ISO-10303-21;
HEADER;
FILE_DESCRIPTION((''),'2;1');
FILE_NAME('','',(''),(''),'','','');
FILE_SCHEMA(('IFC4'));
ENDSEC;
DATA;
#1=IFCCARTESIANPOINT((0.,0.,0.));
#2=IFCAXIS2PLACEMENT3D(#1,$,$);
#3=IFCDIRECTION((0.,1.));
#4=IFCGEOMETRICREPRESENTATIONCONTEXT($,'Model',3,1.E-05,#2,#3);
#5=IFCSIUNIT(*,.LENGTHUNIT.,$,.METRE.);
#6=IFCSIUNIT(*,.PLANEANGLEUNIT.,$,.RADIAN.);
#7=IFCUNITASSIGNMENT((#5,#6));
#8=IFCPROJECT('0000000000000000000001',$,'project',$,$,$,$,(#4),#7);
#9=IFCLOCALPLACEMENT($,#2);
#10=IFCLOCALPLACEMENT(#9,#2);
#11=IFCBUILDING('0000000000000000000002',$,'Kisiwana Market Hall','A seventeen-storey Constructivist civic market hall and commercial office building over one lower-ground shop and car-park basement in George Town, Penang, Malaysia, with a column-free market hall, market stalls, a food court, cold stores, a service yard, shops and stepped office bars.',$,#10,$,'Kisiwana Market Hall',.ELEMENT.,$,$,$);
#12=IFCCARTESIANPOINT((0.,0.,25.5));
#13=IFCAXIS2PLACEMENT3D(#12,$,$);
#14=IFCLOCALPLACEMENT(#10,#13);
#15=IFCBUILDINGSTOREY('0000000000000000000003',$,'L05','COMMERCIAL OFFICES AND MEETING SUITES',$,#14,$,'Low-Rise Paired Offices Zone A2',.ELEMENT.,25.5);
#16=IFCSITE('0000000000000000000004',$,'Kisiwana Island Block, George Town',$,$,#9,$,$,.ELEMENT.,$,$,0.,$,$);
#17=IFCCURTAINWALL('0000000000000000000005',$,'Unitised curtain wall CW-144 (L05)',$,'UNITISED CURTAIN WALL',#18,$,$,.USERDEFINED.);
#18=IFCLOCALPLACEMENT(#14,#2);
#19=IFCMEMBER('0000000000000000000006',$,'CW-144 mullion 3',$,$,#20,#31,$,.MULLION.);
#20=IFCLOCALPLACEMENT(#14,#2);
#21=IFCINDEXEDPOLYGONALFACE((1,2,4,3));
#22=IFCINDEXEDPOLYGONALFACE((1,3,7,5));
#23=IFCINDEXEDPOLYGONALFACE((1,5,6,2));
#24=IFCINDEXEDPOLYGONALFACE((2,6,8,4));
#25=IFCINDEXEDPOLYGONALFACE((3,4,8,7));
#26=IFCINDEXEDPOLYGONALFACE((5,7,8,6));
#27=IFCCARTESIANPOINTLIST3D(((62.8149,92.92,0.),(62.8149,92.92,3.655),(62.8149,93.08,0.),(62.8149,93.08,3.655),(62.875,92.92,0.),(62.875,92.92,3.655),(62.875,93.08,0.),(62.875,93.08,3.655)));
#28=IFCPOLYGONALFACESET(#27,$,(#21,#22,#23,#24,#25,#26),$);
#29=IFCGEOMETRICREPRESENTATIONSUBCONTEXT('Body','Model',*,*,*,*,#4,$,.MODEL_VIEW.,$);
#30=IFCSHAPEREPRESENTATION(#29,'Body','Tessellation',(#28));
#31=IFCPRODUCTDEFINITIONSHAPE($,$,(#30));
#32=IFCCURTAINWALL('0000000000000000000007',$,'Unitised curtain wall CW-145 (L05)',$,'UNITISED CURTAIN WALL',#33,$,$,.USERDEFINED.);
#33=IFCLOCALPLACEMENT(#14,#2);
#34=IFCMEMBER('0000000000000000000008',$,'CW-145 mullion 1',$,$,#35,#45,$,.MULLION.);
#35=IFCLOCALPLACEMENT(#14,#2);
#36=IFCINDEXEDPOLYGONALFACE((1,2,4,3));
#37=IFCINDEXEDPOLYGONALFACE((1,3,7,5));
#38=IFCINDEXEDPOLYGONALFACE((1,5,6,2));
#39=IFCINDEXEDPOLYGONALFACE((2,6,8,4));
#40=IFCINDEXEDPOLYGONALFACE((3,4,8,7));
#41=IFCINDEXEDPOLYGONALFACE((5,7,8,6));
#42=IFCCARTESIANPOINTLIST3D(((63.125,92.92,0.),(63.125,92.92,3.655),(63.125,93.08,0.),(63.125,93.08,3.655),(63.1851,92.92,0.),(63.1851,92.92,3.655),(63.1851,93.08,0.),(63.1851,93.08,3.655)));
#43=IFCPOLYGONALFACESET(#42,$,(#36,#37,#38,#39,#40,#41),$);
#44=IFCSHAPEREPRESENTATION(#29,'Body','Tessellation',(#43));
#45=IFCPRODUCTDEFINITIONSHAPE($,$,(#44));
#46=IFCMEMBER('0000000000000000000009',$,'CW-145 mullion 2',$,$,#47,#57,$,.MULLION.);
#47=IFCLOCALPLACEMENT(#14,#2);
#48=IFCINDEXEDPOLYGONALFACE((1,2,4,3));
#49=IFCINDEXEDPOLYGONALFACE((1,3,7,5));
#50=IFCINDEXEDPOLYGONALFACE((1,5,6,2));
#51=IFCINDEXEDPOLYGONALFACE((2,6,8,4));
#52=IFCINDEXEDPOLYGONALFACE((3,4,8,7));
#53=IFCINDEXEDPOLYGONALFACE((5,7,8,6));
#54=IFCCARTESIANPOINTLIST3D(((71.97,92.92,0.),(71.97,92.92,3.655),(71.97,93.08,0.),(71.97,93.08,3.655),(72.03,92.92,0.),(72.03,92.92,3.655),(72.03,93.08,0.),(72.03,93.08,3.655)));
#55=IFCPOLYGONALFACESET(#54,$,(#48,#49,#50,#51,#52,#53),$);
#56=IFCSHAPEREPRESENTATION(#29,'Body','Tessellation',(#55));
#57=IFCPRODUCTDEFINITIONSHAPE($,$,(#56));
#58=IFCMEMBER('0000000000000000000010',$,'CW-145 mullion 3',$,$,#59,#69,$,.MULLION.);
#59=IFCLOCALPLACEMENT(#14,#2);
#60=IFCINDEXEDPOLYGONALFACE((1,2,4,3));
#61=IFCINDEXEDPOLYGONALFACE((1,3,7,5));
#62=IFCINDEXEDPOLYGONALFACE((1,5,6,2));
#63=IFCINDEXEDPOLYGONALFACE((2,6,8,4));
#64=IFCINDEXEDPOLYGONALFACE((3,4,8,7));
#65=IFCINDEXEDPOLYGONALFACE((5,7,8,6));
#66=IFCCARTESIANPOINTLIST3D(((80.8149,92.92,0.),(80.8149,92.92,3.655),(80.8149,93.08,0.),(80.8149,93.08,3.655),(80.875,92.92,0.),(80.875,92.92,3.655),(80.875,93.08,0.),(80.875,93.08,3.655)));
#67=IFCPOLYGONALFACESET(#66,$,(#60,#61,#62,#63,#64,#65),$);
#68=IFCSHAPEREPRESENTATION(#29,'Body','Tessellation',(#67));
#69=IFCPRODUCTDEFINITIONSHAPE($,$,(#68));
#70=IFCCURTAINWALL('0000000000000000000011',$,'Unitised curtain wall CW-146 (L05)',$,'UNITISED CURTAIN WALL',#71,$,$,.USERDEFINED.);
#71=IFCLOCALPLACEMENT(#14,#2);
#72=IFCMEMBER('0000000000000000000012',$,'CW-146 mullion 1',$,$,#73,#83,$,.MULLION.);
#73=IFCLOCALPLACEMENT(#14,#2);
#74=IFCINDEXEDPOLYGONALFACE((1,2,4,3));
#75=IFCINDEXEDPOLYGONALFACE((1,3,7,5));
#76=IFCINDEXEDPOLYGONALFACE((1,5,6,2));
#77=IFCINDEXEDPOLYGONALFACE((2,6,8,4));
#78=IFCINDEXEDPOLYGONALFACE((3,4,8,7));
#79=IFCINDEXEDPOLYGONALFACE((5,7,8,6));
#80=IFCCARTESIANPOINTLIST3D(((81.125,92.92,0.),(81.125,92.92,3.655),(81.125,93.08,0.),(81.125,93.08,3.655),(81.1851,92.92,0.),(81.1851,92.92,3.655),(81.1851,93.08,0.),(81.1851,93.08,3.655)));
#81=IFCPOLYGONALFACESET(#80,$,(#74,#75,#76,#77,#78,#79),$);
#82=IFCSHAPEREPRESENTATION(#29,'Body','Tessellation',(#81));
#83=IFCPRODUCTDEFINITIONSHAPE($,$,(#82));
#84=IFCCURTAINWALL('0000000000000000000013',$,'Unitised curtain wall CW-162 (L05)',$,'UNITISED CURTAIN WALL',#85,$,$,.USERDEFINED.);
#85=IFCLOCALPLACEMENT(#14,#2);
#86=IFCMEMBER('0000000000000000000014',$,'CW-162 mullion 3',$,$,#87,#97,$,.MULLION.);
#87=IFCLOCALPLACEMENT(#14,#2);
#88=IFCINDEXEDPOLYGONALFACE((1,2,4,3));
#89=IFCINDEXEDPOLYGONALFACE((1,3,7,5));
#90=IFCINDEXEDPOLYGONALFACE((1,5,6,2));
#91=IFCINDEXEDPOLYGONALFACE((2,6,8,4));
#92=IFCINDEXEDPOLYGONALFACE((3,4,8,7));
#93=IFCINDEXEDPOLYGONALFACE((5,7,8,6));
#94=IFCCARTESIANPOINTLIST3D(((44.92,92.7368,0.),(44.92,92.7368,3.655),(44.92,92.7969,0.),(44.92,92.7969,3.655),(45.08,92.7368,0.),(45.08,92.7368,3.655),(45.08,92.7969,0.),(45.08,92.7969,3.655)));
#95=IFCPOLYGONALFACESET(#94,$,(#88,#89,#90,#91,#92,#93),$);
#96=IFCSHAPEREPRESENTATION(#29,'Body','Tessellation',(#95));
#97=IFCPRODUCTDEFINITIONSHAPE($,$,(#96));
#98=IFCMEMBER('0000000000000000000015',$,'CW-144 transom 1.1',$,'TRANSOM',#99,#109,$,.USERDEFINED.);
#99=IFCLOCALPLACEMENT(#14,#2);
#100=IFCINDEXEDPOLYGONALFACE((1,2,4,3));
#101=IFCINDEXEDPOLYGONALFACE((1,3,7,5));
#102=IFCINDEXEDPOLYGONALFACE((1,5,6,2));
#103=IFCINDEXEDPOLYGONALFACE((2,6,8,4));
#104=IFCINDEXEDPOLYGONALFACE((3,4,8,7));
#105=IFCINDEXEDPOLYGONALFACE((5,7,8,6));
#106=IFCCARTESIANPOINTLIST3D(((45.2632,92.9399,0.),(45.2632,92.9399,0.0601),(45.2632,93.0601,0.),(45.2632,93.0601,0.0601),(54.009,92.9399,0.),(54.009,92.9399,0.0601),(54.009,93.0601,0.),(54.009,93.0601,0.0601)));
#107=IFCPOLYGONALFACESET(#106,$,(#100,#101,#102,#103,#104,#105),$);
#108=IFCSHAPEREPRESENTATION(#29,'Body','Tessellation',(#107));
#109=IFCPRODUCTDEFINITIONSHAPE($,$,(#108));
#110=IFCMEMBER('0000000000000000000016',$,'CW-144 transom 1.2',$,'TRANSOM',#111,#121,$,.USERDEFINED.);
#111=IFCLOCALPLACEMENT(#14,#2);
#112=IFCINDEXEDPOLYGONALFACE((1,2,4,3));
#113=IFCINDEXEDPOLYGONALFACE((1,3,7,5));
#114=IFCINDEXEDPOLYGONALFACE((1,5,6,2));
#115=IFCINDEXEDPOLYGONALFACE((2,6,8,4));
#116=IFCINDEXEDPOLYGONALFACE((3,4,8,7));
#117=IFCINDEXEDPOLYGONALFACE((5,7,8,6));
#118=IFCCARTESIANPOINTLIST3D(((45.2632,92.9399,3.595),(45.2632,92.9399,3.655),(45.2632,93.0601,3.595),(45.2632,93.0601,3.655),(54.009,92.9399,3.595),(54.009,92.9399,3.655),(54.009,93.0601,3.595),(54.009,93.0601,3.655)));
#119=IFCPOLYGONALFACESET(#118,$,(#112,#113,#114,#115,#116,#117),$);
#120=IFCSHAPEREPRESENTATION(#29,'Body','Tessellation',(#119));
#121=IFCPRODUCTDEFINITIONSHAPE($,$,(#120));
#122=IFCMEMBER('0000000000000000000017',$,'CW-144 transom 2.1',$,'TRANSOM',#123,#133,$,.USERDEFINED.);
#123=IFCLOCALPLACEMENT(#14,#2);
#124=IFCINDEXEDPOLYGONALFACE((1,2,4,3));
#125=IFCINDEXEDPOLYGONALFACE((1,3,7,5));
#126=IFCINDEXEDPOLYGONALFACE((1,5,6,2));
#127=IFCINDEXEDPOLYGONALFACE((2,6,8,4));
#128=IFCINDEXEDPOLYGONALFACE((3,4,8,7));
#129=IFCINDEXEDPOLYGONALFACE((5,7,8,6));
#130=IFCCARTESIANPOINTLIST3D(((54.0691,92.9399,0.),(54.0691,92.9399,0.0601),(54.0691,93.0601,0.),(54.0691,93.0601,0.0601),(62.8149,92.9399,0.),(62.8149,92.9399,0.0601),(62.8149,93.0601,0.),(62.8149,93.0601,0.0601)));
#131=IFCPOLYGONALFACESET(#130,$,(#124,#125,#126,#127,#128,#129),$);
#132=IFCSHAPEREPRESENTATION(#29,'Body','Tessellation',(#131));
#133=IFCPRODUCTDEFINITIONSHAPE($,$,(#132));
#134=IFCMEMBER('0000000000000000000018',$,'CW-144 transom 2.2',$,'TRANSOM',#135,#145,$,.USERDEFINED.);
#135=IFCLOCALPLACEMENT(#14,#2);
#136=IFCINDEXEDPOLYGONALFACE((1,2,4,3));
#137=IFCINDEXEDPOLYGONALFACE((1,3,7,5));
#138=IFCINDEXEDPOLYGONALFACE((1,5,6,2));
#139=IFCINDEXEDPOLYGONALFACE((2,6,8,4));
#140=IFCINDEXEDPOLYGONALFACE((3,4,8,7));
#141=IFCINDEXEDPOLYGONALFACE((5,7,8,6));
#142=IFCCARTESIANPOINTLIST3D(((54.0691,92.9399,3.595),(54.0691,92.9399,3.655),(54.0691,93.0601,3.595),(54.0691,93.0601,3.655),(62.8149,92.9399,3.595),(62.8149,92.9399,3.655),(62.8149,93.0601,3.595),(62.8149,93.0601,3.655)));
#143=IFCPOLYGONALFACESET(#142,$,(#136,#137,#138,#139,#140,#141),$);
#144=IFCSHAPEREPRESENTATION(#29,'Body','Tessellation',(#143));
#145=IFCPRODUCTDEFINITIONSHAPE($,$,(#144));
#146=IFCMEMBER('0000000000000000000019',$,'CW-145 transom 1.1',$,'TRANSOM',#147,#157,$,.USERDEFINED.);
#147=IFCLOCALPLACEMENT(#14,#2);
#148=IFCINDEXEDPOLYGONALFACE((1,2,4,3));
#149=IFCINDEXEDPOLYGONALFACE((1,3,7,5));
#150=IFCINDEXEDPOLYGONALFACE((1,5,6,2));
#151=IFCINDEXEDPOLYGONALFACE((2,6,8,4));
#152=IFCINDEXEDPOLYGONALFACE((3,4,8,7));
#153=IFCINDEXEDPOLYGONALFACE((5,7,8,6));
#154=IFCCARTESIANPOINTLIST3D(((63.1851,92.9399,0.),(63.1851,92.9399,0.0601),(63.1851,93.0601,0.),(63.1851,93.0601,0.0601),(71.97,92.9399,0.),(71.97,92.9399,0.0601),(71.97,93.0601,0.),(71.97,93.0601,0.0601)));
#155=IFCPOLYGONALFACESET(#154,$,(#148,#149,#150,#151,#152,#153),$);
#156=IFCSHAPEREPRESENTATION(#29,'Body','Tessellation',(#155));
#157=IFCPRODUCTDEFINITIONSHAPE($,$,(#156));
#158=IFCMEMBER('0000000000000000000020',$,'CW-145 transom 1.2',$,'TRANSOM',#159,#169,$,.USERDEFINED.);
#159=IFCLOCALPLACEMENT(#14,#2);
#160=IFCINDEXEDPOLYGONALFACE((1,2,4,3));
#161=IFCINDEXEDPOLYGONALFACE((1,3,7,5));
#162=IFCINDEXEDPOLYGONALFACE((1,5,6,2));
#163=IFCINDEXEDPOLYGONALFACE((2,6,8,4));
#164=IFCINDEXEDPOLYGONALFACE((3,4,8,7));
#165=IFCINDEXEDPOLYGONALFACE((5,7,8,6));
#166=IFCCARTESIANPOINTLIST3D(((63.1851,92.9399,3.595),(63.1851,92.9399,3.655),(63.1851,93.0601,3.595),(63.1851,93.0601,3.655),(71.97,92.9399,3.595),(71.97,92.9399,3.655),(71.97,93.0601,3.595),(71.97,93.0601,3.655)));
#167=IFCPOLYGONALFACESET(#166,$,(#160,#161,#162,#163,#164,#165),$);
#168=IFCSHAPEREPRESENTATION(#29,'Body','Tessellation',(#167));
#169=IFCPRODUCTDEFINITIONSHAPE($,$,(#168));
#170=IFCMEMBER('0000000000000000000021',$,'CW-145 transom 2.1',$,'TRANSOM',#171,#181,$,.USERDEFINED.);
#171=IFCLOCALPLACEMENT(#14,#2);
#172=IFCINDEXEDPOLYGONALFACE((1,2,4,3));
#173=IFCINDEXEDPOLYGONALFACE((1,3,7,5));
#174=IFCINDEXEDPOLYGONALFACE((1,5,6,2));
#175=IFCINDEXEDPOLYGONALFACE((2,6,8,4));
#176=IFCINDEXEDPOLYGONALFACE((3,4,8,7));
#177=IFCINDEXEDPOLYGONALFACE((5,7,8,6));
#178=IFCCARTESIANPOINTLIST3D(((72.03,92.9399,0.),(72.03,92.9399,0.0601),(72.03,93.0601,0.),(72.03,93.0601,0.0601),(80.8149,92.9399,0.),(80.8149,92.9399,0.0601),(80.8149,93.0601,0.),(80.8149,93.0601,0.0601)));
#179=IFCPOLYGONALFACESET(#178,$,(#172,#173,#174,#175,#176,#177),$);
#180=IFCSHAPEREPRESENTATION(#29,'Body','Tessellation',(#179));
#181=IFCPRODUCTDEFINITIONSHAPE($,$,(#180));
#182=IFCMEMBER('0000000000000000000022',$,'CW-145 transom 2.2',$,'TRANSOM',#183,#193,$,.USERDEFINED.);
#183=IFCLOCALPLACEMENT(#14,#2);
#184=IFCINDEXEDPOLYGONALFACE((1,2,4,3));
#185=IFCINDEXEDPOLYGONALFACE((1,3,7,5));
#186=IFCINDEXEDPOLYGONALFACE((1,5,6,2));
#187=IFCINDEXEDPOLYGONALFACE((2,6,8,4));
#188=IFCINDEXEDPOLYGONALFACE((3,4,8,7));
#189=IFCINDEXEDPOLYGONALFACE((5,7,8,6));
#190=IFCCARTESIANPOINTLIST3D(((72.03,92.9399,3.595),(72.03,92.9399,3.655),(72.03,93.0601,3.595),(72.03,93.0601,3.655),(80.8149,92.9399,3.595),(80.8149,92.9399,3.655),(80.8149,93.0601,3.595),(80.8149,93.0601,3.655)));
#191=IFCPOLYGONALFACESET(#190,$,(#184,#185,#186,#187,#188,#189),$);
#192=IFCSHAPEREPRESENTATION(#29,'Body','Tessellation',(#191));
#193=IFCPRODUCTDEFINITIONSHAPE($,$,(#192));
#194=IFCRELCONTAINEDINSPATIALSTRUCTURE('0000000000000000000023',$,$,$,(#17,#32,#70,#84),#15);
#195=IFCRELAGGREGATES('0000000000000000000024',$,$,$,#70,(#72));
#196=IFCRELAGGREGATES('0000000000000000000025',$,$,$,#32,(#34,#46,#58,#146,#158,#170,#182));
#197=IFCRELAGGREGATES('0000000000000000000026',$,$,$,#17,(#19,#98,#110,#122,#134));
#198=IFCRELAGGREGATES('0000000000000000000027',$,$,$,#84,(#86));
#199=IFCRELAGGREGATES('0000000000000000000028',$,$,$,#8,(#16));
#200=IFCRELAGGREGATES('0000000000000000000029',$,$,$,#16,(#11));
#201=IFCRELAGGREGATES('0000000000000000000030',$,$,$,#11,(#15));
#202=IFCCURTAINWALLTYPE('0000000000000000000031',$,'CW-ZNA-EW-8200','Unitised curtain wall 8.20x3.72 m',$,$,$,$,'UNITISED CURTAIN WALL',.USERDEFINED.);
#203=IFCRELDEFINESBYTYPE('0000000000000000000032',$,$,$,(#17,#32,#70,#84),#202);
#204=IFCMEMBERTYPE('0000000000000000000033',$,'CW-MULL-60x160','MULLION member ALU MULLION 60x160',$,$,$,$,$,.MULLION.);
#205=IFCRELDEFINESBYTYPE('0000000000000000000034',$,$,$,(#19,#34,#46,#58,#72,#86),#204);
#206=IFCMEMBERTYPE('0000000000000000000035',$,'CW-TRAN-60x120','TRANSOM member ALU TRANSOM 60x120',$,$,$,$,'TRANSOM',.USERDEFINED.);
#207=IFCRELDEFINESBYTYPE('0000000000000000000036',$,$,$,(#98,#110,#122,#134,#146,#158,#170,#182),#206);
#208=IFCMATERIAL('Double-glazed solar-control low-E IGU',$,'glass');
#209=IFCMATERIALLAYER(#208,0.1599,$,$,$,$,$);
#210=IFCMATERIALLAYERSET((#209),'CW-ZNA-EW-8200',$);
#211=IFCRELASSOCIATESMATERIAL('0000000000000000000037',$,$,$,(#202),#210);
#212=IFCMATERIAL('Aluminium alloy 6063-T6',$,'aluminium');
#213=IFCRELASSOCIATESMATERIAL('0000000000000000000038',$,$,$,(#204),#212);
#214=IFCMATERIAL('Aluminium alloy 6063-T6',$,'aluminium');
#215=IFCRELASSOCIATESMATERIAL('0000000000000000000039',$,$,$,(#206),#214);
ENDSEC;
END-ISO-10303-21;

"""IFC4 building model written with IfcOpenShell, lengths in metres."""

from ifc_helpers import new_model, si_unit, direction, frame, origin, origin_2d, place, context, subcontext, project, spatial, rectangle, extrude, material, layer, layer_set, material_profile, profile_set, type_object, element, aggregate, save


model = new_model("IFC4")

# Units and contexts
model_context = context("Model", 3, precision=1e-05, world=origin(), true_north=direction((0.0, 1.0)))
body_context = subcontext(model_context, "Body", "Model", "MODEL_VIEW")
ifc_project = project(units=[si_unit("LENGTHUNIT", "METRE"), si_unit("PLANEANGLEUNIT", "RADIAN")], contexts=[model_context])

# Site, building, storey
site_placement = place(None, origin())
site = spatial("IfcSite", under=ifc_project, at=site_placement, Name="Kisiwana Island Block, George Town", CompositionType="ELEMENT", RefElevation=0.0)
building_placement = place(site_placement, origin())
building = spatial("IfcBuilding", under=site, at=building_placement, Name="Kisiwana Market Hall", Description="A seventeen-storey Constructivist civic market hall and commercial office building over one lower-ground shop and car-park basement in George Town, Penang, Malaysia, with a column-free market hall, market stalls, a food court, cold stores, a service yard, shops and stepped office bars.", LongName="Kisiwana Market Hall", CompositionType="ELEMENT")
storey_placement = place(building_placement, frame((0.0, 0.0, 25.5)))
storey = spatial("IfcBuildingStorey", under=building, at=storey_placement, Name="L05", Description="COMMERCIAL OFFICES AND MEETING SUITES", LongName="Low-Rise Paired Offices Zone A2", CompositionType="ELEMENT", Elevation=25.5)

# Curtain walls, members
ifc_material_1 = material(Name="Double-glazed solar-control low-E IGU", Category="glass")
ifc_layer_1 = layer(ifc_material_1, 0.1599)
ifc_layer_set_1 = layer_set([ifc_layer_1], Name="CW-ZNA-EW-8200")
curtain_wall_type = type_object("IfcCurtainWallType", Name="CW-ZNA-EW-8200", Description="Unitised curtain wall 8.20x3.72 m", ElementType="UNITISED CURTAIN WALL", PredefinedType="USERDEFINED", material=ifc_layer_set_1)
curtain_wall_1_placement = place(storey_placement, origin())
curtain_wall_1 = element("IfcCurtainWall", 1, at=curtain_wall_1_placement, inside=storey, type_object=curtain_wall_type, Name="Unitised curtain wall CW-144 (L05)", ObjectType="UNITISED CURTAIN WALL", PredefinedType="USERDEFINED")
ifc_material_2 = material(Name="Aluminium alloy 6063-T6", Category="aluminium")
ifc_material_profile_1 = material_profile(ifc_material_2, rectangle(XDim=0.0601, YDim=0.1599, at=origin_2d()), Name="ALU MULLION 60x160")
ifc_profile_set_1 = profile_set([ifc_material_profile_1], Name="Aluminium alloy 6063-T6")
member_type_1 = type_object("IfcMemberType", Name="CW-MULL-60x160", Description="MULLION member ALU MULLION 60x160", PredefinedType="MULLION", material=ifc_profile_set_1)
member_1_placement = place(storey_placement, frame((62.845, 93.0, 0.0), z_axis=(0.0, 0.0, 1.0), x_axis=(1.0, 0.0, 0.0)))
member_1 = element("IfcMember", 2, at=member_1_placement, type_object=member_type_1, Name="CW-144 mullion 3", PredefinedType="MULLION", context=body_context, shape_type="SweptSolid", body=[
    extrude(rectangle(XDim=0.0601, YDim=0.1599, at=origin_2d()), origin(), (0.0, 0.0, 1.0), 3.655),
])
curtain_wall_2_placement = place(storey_placement, origin())
curtain_wall_2 = element("IfcCurtainWall", 3, at=curtain_wall_2_placement, inside=storey, type_object=curtain_wall_type, Name="Unitised curtain wall CW-145 (L05)", ObjectType="UNITISED CURTAIN WALL", PredefinedType="USERDEFINED")
member_2_placement = place(storey_placement, frame((63.155, 93.0, 0.0), z_axis=(0.0, 0.0, 1.0), x_axis=(1.0, 0.0, 0.0)))
member_2 = element("IfcMember", 4, at=member_2_placement, type_object=member_type_1, Name="CW-145 mullion 1", PredefinedType="MULLION", context=body_context, shape_type="SweptSolid", body=[
    extrude(rectangle(XDim=0.0601, YDim=0.1599, at=origin_2d()), origin(), (0.0, 0.0, 1.0), 3.655),
])
member_3_placement = place(storey_placement, frame((72.0, 93.0, 0.0), z_axis=(0.0, 0.0, 1.0), x_axis=(1.0, 0.0, 0.0)))
member_3 = element("IfcMember", 5, at=member_3_placement, type_object=member_type_1, Name="CW-145 mullion 2", PredefinedType="MULLION", context=body_context, shape_type="SweptSolid", body=[
    extrude(rectangle(XDim=0.0601, YDim=0.1599, at=origin_2d()), origin(), (0.0, 0.0, 1.0), 3.655),
])
member_4_placement = place(storey_placement, frame((80.845, 93.0, 0.0), z_axis=(0.0, 0.0, 1.0), x_axis=(1.0, 0.0, 0.0)))
member_4 = element("IfcMember", 6, at=member_4_placement, type_object=member_type_1, Name="CW-145 mullion 3", PredefinedType="MULLION", context=body_context, shape_type="SweptSolid", body=[
    extrude(rectangle(XDim=0.0601, YDim=0.1599, at=origin_2d()), origin(), (0.0, 0.0, 1.0), 3.655),
])

# Curtain walls, members
curtain_wall_3_placement = place(storey_placement, origin())
curtain_wall_3 = element("IfcCurtainWall", 7, at=curtain_wall_3_placement, inside=storey, type_object=curtain_wall_type, Name="Unitised curtain wall CW-146 (L05)", ObjectType="UNITISED CURTAIN WALL", PredefinedType="USERDEFINED")
member_5_placement = place(storey_placement, frame((81.155, 93.0, 0.0), z_axis=(0.0, 0.0, 1.0), x_axis=(1.0, 0.0, 0.0)))
member_5 = element("IfcMember", 8, at=member_5_placement, type_object=member_type_1, Name="CW-146 mullion 1", PredefinedType="MULLION", context=body_context, shape_type="SweptSolid", body=[
    extrude(rectangle(XDim=0.0601, YDim=0.1599, at=origin_2d()), origin(), (0.0, 0.0, 1.0), 3.655),
])
aggregate(curtain_wall_3, [member_5])
curtain_wall_4_placement = place(storey_placement, origin())
curtain_wall_4 = element("IfcCurtainWall", 9, at=curtain_wall_4_placement, inside=storey, type_object=curtain_wall_type, Name="Unitised curtain wall CW-162 (L05)", ObjectType="UNITISED CURTAIN WALL", PredefinedType="USERDEFINED")
member_6_placement = place(storey_placement, frame((45.0, 92.7668, 0.0), z_axis=(0.0, 0.0, 1.0), x_axis=(0.0, 1.0, 0.0)))
member_6 = element("IfcMember", 10, at=member_6_placement, type_object=member_type_1, Name="CW-162 mullion 3", PredefinedType="MULLION", context=body_context, shape_type="SweptSolid", body=[
    extrude(rectangle(XDim=0.0601, YDim=0.1599, at=origin_2d()), origin(), (0.0, 0.0, 1.0), 3.655),
])

# Members
ifc_material_3 = material(Name="Aluminium alloy 6063-T6", Category="aluminium")
ifc_material_profile_2 = material_profile(ifc_material_3, rectangle(XDim=0.1201, YDim=0.0601, at=origin_2d()), Name="ALU TRANSOM 60x120")
ifc_profile_set_2 = profile_set([ifc_material_profile_2], Name="Aluminium alloy 6063-T6")
member_type_2 = type_object("IfcMemberType", Name="CW-TRAN-60x120", Description="TRANSOM member ALU TRANSOM 60x120", ElementType="TRANSOM", PredefinedType="USERDEFINED", material=ifc_profile_set_2)
member_7_placement = place(storey_placement, frame((45.2632, 93.0, 0.03), z_axis=(1.0, 0.0, 0.0), x_axis=(0.0, 1.0, 0.0)))
member_7 = element("IfcMember", 11, at=member_7_placement, type_object=member_type_2, Name="CW-144 transom 1.1", ObjectType="TRANSOM", PredefinedType="USERDEFINED", context=body_context, shape_type="SweptSolid", body=[
    extrude(rectangle(XDim=0.1201, YDim=0.0601, at=origin_2d()), origin(), (0.0, 0.0, 1.0), 8.7458),
])
member_8_placement = place(storey_placement, frame((45.2632, 93.0, 3.625), z_axis=(1.0, 0.0, 0.0), x_axis=(0.0, 1.0, 0.0)))
member_8 = element("IfcMember", 12, at=member_8_placement, type_object=member_type_2, Name="CW-144 transom 1.2", ObjectType="TRANSOM", PredefinedType="USERDEFINED", context=body_context, shape_type="SweptSolid", body=[
    extrude(rectangle(XDim=0.1201, YDim=0.0601, at=origin_2d()), origin(), (0.0, 0.0, 1.0), 8.7458),
])
member_9_placement = place(storey_placement, frame((54.0691, 93.0, 0.03), z_axis=(1.0, 0.0, 0.0), x_axis=(0.0, 1.0, 0.0)))
member_9 = element("IfcMember", 13, at=member_9_placement, type_object=member_type_2, Name="CW-144 transom 2.1", ObjectType="TRANSOM", PredefinedType="USERDEFINED", context=body_context, shape_type="SweptSolid", body=[
    extrude(rectangle(XDim=0.1201, YDim=0.0601, at=origin_2d()), origin(), (0.0, 0.0, 1.0), 8.7458),
])
member_10_placement = place(storey_placement, frame((54.0691, 93.0, 3.625), z_axis=(1.0, 0.0, 0.0), x_axis=(0.0, 1.0, 0.0)))
member_10 = element("IfcMember", 14, at=member_10_placement, type_object=member_type_2, Name="CW-144 transom 2.2", ObjectType="TRANSOM", PredefinedType="USERDEFINED", context=body_context, shape_type="SweptSolid", body=[
    extrude(rectangle(XDim=0.1201, YDim=0.0601, at=origin_2d()), origin(), (0.0, 0.0, 1.0), 8.7458),
])
member_11_placement = place(storey_placement, frame((63.1851, 93.0, 0.03), z_axis=(1.0, 0.0, 0.0), x_axis=(0.0, 1.0, 0.0)))
member_11 = element("IfcMember", 15, at=member_11_placement, type_object=member_type_2, Name="CW-145 transom 1.1", ObjectType="TRANSOM", PredefinedType="USERDEFINED", context=body_context, shape_type="SweptSolid", body=[
    extrude(rectangle(XDim=0.1201, YDim=0.0601, at=origin_2d()), origin(), (0.0, 0.0, 1.0), 8.7849),
])
member_12_placement = place(storey_placement, frame((63.1851, 93.0, 3.625), z_axis=(1.0, 0.0, 0.0), x_axis=(0.0, 1.0, 0.0)))
member_12 = element("IfcMember", 16, at=member_12_placement, type_object=member_type_2, Name="CW-145 transom 1.2", ObjectType="TRANSOM", PredefinedType="USERDEFINED", context=body_context, shape_type="SweptSolid", body=[
    extrude(rectangle(XDim=0.1201, YDim=0.0601, at=origin_2d()), origin(), (0.0, 0.0, 1.0), 8.7849),
])
member_13_placement = place(storey_placement, frame((72.03, 93.0, 0.03), z_axis=(1.0, 0.0, 0.0), x_axis=(0.0, 1.0, 0.0)))
member_13 = element("IfcMember", 17, at=member_13_placement, type_object=member_type_2, Name="CW-145 transom 2.1", ObjectType="TRANSOM", PredefinedType="USERDEFINED", context=body_context, shape_type="SweptSolid", body=[
    extrude(rectangle(XDim=0.1201, YDim=0.0601, at=origin_2d()), origin(), (0.0, 0.0, 1.0), 8.7849),
])
member_14_placement = place(storey_placement, frame((72.03, 93.0, 3.625), z_axis=(1.0, 0.0, 0.0), x_axis=(0.0, 1.0, 0.0)))
member_14 = element("IfcMember", 18, at=member_14_placement, type_object=member_type_2, Name="CW-145 transom 2.2", ObjectType="TRANSOM", PredefinedType="USERDEFINED", context=body_context, shape_type="SweptSolid", body=[
    extrude(rectangle(XDim=0.1201, YDim=0.0601, at=origin_2d()), origin(), (0.0, 0.0, 1.0), 8.7849),
])

aggregate(curtain_wall_2, [member_2, member_3, member_4, member_11, member_12, member_13, member_14])
aggregate(curtain_wall_1, [member_1, member_7, member_8, member_9, member_10])
aggregate(curtain_wall_4, [member_6])

save(model, "model.ifc")
